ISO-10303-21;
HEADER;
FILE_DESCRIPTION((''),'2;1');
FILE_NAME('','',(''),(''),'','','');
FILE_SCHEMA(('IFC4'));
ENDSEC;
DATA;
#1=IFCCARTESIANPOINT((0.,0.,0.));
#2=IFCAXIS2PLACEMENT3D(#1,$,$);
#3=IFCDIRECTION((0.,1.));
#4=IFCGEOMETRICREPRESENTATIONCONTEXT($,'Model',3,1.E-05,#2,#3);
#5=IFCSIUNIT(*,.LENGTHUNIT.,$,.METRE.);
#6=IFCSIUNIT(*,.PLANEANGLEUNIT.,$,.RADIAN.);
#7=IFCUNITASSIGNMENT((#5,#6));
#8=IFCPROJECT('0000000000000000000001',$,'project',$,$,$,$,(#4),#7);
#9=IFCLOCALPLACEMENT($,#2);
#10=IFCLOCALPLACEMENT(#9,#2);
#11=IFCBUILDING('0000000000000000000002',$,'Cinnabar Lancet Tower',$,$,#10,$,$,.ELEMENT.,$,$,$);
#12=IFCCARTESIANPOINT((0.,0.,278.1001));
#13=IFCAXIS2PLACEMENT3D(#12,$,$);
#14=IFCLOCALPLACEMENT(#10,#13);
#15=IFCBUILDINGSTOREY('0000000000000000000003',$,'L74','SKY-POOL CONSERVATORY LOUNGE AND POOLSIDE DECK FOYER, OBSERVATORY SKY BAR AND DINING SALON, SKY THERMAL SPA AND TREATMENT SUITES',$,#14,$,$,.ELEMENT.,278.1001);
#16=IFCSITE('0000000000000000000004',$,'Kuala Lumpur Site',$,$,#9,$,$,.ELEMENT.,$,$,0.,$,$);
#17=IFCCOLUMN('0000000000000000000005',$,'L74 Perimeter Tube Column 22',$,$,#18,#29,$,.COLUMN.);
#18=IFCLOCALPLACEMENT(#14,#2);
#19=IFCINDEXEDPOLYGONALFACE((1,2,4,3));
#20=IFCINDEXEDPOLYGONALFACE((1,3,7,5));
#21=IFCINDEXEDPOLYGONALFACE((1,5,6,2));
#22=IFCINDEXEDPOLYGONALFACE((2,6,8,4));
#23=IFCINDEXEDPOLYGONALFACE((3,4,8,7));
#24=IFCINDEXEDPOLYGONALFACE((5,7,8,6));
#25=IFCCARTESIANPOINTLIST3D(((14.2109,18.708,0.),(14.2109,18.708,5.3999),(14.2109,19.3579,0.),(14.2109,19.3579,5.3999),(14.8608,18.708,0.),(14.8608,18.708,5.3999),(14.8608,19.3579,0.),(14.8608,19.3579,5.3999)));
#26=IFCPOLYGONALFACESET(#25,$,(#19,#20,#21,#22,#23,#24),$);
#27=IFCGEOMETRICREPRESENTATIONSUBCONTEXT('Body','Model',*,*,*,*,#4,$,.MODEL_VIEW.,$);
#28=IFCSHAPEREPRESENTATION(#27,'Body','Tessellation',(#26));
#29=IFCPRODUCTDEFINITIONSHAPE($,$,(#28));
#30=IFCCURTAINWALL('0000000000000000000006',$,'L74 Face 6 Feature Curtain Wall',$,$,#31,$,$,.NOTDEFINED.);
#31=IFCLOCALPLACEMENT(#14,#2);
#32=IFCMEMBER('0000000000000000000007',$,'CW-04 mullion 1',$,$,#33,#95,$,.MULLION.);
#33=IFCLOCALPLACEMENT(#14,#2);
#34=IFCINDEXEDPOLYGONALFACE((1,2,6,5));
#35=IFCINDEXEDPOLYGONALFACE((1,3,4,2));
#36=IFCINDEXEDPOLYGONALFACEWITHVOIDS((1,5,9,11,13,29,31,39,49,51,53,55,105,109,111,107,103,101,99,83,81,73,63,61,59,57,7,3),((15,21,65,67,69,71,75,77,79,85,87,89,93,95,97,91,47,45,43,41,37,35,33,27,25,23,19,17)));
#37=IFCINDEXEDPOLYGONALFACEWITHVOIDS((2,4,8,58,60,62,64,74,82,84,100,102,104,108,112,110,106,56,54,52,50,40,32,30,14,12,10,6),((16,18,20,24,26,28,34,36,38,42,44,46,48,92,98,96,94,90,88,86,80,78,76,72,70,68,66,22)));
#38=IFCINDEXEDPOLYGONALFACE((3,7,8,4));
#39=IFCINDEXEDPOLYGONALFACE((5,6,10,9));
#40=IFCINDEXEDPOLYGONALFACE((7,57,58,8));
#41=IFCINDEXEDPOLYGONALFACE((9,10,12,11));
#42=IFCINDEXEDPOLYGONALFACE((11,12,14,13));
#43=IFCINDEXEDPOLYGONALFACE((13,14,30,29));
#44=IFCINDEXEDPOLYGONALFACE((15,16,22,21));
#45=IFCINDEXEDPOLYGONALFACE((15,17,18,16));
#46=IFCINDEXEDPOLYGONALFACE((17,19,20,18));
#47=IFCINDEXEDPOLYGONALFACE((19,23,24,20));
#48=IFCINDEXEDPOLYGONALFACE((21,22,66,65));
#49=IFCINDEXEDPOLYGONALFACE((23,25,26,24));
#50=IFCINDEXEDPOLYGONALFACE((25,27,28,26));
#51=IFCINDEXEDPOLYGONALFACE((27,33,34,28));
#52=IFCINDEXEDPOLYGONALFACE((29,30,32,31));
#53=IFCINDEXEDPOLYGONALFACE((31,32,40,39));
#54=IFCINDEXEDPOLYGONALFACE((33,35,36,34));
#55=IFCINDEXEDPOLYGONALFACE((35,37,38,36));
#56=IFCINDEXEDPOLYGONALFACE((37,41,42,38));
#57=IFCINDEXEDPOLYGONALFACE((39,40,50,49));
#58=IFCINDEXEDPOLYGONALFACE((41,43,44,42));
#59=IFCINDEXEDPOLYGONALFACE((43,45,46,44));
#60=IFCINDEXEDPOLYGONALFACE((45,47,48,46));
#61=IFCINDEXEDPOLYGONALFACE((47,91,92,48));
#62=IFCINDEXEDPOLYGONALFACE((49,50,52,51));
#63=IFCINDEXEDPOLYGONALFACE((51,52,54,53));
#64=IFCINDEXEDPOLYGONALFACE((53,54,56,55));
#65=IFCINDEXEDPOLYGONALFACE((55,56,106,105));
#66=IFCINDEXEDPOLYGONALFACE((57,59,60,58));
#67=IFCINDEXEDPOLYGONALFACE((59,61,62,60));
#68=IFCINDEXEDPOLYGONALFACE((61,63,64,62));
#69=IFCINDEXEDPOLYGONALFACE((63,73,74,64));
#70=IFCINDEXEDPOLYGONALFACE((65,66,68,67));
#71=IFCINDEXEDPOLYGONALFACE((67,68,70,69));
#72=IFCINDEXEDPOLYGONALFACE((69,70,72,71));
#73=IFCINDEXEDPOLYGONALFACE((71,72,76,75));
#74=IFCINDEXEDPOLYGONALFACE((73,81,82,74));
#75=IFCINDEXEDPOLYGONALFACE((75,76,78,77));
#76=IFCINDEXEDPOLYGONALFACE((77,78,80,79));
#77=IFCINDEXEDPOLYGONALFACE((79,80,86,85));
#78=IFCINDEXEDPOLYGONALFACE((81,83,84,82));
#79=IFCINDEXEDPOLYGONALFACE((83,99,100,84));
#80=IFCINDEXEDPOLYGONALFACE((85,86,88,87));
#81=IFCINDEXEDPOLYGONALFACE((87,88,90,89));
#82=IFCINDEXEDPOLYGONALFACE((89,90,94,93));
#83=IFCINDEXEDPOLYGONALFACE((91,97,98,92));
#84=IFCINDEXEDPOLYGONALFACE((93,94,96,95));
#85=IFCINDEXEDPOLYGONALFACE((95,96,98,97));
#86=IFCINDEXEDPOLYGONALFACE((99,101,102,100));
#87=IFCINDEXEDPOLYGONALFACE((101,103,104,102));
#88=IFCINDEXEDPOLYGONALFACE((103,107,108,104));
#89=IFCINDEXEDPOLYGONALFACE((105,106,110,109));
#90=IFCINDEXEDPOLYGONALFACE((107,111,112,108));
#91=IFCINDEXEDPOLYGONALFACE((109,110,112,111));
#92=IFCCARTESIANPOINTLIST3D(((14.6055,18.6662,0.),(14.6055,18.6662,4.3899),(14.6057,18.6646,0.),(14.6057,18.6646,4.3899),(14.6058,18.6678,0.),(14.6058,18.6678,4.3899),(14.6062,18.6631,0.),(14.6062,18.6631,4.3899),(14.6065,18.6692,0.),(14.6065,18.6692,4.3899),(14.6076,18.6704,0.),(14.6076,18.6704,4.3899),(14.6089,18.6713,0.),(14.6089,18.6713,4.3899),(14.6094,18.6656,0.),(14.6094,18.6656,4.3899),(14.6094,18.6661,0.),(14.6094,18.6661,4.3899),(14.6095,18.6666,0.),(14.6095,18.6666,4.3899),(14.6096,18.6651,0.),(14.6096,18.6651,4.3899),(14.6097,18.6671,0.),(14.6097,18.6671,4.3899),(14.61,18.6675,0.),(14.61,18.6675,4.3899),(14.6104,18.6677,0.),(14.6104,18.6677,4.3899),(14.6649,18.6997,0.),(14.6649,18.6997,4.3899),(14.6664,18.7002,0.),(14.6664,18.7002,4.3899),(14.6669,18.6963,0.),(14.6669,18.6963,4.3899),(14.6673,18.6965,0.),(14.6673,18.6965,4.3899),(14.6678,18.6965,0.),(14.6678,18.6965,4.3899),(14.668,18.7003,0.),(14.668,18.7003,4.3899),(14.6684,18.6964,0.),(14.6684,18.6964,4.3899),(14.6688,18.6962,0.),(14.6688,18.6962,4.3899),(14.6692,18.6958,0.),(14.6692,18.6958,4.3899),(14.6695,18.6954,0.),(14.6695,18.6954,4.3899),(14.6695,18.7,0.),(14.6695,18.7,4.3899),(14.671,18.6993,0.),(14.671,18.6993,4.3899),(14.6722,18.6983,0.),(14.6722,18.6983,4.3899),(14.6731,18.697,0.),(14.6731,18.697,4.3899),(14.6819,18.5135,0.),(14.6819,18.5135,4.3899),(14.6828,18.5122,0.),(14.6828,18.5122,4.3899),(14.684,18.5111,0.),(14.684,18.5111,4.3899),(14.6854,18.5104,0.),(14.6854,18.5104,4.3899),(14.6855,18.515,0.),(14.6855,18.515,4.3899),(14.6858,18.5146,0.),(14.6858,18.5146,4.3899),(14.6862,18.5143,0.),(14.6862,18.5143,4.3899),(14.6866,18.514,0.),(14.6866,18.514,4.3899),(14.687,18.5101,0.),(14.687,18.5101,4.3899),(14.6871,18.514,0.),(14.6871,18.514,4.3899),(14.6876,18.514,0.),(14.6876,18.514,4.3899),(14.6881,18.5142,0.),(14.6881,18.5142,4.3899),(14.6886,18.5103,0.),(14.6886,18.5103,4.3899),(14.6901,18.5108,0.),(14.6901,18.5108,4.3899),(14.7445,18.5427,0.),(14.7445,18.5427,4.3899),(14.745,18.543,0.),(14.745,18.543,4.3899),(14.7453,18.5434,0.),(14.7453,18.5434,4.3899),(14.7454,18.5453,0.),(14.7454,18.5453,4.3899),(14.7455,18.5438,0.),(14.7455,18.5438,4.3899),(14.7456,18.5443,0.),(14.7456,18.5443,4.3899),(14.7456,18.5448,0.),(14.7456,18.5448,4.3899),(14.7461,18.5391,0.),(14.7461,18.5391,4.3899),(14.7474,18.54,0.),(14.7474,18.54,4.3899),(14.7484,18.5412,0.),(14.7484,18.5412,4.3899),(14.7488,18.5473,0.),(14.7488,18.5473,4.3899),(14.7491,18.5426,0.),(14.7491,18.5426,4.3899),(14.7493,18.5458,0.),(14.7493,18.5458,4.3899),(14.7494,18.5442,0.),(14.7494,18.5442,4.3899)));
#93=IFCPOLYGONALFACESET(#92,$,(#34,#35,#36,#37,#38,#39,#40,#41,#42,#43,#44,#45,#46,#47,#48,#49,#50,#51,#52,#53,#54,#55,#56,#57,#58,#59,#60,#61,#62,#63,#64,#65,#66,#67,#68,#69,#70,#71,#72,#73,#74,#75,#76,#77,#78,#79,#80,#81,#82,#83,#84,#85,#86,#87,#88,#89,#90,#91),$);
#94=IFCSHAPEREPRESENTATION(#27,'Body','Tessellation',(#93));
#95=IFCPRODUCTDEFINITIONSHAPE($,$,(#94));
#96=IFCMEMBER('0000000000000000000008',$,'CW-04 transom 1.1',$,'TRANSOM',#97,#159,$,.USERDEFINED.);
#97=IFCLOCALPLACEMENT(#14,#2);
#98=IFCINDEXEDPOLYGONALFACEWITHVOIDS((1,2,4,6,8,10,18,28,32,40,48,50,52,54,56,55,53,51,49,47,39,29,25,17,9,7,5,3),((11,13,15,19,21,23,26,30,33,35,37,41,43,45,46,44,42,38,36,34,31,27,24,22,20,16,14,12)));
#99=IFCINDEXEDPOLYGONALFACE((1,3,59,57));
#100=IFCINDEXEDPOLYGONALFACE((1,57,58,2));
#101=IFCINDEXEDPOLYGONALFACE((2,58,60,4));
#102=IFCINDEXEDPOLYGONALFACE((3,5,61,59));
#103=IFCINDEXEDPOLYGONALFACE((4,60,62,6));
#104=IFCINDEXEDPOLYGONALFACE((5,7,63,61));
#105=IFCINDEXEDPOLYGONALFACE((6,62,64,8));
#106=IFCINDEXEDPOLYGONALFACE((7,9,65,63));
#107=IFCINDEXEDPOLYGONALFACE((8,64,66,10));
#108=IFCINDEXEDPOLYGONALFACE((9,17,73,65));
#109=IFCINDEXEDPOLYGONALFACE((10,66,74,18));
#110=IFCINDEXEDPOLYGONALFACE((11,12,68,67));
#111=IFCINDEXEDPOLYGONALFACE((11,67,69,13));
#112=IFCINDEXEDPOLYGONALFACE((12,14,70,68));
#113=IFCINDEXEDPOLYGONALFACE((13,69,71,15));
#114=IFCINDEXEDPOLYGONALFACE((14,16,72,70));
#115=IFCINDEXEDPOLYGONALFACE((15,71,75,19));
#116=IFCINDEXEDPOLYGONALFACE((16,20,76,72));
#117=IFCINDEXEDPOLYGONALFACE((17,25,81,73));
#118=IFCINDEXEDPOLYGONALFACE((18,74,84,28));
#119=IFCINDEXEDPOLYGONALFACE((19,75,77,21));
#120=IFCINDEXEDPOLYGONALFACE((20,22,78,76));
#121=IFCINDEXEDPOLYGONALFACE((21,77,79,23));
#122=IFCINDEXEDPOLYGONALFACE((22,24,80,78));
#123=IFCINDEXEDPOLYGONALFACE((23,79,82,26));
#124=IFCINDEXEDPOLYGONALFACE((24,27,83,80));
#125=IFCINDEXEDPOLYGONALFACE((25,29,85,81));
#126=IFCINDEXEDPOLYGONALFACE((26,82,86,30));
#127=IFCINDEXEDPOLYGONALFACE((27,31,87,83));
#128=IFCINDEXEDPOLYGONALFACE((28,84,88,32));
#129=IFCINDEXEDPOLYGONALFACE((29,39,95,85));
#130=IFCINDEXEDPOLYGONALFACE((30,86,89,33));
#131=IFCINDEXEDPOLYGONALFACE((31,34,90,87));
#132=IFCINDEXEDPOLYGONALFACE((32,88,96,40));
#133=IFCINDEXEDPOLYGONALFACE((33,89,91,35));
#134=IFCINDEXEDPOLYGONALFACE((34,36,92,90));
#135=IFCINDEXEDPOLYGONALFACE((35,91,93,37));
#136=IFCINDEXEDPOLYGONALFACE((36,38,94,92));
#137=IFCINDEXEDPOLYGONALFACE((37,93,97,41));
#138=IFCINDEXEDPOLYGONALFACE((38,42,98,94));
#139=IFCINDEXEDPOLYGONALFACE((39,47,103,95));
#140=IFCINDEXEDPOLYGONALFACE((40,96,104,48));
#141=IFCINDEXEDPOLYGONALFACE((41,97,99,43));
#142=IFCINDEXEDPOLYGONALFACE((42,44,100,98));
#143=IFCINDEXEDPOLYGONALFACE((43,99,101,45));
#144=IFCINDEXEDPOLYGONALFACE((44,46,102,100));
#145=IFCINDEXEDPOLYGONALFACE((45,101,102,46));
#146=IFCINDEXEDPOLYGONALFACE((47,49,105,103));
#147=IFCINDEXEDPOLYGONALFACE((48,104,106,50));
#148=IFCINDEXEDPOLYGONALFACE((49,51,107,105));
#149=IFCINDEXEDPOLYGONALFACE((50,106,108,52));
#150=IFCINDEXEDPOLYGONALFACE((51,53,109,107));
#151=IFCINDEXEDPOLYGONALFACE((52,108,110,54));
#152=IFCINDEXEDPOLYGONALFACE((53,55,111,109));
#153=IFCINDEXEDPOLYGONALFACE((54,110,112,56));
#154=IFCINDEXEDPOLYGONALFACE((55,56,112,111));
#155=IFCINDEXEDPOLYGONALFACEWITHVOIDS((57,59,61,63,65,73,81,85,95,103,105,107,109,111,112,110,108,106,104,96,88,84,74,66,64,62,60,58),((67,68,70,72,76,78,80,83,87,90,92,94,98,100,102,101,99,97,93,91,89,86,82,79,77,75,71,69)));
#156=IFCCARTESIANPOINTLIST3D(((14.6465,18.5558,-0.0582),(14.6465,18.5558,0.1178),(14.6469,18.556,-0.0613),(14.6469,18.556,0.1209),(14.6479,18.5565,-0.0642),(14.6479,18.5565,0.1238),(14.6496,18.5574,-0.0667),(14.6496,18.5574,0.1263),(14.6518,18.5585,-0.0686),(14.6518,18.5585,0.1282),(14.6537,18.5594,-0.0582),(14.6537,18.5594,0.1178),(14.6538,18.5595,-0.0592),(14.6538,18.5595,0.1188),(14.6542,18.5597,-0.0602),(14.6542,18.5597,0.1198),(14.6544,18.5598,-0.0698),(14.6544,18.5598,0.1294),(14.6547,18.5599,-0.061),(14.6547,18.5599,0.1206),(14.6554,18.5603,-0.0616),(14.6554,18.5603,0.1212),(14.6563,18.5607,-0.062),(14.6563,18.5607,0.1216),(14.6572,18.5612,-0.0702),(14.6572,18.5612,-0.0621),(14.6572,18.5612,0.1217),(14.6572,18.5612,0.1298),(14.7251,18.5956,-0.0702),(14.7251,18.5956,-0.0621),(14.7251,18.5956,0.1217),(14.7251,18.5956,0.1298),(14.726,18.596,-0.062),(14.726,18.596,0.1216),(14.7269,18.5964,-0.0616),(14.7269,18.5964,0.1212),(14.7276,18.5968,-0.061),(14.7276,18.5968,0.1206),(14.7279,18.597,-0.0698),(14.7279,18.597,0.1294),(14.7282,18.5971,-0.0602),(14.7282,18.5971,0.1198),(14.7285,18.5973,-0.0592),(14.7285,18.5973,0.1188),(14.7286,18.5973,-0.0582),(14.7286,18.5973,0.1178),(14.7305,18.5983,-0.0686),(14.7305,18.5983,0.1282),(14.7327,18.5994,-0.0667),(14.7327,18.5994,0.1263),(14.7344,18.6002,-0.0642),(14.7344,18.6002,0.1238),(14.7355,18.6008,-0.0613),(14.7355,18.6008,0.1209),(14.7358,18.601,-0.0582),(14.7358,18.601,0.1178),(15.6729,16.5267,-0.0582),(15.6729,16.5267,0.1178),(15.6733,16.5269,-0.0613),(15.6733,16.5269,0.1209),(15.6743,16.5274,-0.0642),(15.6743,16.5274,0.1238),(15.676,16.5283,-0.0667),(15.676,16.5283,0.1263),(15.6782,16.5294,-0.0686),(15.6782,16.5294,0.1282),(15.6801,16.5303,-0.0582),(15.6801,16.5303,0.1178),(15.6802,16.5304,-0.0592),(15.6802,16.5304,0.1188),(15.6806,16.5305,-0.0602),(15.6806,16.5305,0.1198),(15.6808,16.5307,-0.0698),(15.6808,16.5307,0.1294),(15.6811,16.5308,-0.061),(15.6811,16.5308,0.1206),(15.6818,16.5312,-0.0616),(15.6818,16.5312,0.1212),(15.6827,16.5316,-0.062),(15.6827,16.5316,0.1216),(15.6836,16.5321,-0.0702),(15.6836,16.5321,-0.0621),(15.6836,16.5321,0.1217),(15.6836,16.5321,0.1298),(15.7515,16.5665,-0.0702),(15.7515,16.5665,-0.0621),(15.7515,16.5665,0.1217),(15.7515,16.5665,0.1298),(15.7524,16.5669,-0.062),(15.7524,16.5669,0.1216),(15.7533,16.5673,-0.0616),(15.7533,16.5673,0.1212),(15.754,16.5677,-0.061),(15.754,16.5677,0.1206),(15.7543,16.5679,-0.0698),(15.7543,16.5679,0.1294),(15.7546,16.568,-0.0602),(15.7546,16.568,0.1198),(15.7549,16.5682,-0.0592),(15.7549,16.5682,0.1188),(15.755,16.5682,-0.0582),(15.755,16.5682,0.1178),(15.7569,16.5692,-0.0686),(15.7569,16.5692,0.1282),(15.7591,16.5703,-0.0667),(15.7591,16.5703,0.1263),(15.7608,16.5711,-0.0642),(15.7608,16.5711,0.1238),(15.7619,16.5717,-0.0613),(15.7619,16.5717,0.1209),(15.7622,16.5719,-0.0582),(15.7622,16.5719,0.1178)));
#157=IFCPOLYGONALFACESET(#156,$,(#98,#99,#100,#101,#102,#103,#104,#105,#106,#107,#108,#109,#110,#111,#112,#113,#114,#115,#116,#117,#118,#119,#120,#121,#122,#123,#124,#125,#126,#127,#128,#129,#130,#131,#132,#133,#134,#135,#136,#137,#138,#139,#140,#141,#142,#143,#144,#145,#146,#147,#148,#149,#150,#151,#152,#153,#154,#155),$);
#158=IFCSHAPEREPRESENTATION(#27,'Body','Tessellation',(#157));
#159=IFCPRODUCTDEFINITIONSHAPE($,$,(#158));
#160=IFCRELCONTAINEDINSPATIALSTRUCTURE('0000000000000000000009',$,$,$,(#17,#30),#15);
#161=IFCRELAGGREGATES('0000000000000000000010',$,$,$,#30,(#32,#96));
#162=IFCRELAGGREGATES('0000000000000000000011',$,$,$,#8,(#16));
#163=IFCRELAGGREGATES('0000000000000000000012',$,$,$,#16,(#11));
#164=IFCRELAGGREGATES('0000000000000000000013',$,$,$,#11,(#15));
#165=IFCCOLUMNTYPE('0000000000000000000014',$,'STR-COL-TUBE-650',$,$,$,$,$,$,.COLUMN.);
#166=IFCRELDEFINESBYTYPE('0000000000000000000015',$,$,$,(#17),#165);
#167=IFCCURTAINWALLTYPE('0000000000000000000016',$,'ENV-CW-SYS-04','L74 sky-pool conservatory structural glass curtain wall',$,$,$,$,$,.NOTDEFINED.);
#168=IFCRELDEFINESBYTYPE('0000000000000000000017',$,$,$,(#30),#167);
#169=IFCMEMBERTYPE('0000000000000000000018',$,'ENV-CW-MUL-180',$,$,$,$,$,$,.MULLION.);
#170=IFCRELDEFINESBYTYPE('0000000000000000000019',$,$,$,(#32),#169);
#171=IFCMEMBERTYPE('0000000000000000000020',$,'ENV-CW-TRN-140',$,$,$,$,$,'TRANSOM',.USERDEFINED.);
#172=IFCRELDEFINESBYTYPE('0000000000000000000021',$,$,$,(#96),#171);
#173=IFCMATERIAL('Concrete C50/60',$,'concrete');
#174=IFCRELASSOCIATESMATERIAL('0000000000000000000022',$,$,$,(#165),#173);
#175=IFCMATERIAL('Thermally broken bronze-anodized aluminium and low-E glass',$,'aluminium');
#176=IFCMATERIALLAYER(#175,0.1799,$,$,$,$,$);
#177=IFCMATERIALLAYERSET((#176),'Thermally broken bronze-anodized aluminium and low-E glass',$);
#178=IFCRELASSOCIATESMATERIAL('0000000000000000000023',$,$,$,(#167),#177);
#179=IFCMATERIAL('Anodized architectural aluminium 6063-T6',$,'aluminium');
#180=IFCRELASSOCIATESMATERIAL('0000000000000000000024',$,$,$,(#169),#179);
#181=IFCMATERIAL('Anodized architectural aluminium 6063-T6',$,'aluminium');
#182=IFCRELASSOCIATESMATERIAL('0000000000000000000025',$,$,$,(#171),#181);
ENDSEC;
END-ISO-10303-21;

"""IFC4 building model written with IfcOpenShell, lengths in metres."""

from ifc_helpers import new_model, si_unit, direction, frame, origin, origin_2d, place, context, subcontext, project, spatial, rectangle, hollow_rectangle, extrude, material, layer, layer_set, material_profile, profile_set, type_object, element, aggregate, save


model = new_model("IFC4")

# Units and contexts
model_context = context("Model", 3, precision=1e-05, world=origin(), true_north=direction((0.0, 1.0)))
body_context = subcontext(model_context, "Body", "Model", "MODEL_VIEW")
ifc_project = project(units=[si_unit("LENGTHUNIT", "METRE"), si_unit("PLANEANGLEUNIT", "RADIAN")], contexts=[model_context])

# Site, building, storey
site_placement = place(None, origin())
site = spatial("IfcSite", under=ifc_project, at=site_placement, Name="Kuala Lumpur Site", CompositionType="ELEMENT", RefElevation=0.0)
building_placement = place(site_placement, origin())
building = spatial("IfcBuilding", under=site, at=building_placement, Name="Cinnabar Lancet Tower", CompositionType="ELEMENT")
storey_placement = place(building_placement, frame((0.0, 0.0, 278.1001)))
storey = spatial("IfcBuildingStorey", under=building, at=storey_placement, Name="L74", Description="SKY-POOL CONSERVATORY LOUNGE AND POOLSIDE DECK FOYER, OBSERVATORY SKY BAR AND DINING SALON, SKY THERMAL SPA AND TREATMENT SUITES", CompositionType="ELEMENT", Elevation=278.1001)

# Column
ifc_material_1 = material(Name="Concrete C50/60", Category="concrete")
ifc_material_profile_1 = material_profile(ifc_material_1, rectangle(XDim=0.6499, YDim=0.6499, at=origin_2d()), Name="RC-COL 650x650")
ifc_profile_set_1 = profile_set([ifc_material_profile_1], Name="Concrete C50/60")
column_type = type_object("IfcColumnType", Name="STR-COL-TUBE-650", PredefinedType="COLUMN", material=ifc_profile_set_1)
column_placement = place(storey_placement, frame((14.5359, 19.033, 0.0), z_axis=(0.0, 0.0, 1.0), x_axis=(1.0, 0.0, 0.0)))
element("IfcColumn", 1, at=column_placement, inside=storey, type_object=column_type, Name="L74 Perimeter Tube Column 22", PredefinedType="COLUMN", context=body_context, shape_type="SweptSolid", body=[
    extrude(rectangle(XDim=0.6499, YDim=0.6499, at=origin_2d()), origin(), (0.0, 0.0, 1.0), 5.3999),
])

# Curtain wall, members
ifc_material_2 = material(Name="Thermally broken bronze-anodized aluminium and low-E glass", Category="aluminium")
ifc_layer_1 = layer(ifc_material_2, 0.1799)
ifc_layer_set_1 = layer_set([ifc_layer_1], Name="Thermally broken bronze-anodized aluminium and low-E glass")
curtain_wall_type = type_object("IfcCurtainWallType", Name="ENV-CW-SYS-04", Description="L74 sky-pool conservatory structural glass curtain wall", PredefinedType="NOTDEFINED", material=ifc_layer_set_1)
curtain_wall_placement = place(storey_placement, origin())
curtain_wall = element("IfcCurtainWall", 2, at=curtain_wall_placement, inside=storey, type_object=curtain_wall_type, Name="L74 Face 6 Feature Curtain Wall", PredefinedType="NOTDEFINED")
ifc_material_3 = material(Name="Anodized architectural aluminium 6063-T6", Category="aluminium")
ifc_material_profile_2 = material_profile(ifc_material_3, hollow_rectangle(XDim=0.075, YDim=0.1799, WallThickness=0.0039, InnerFilletRadius=0.002, OuterFilletRadius=0.0061, at=origin_2d()), Name="CW-MUL 180x75x4")
ifc_profile_set_2 = profile_set([ifc_material_profile_2], Name="Anodized architectural aluminium 6063-T6")
member_type_1 = type_object("IfcMemberType", Name="ENV-CW-MUL-180", PredefinedType="MULLION", material=ifc_profile_set_2)
member_1_placement = place(storey_placement, frame((14.6775, 18.6052, 0.0), z_axis=(0.0, 0.0, 1.0), x_axis=(0.892345, 0.451354, 0.0)))
member_1 = element("IfcMember", 3, at=member_1_placement, type_object=member_type_1, Name="CW-04 mullion 1", PredefinedType="MULLION", context=body_context, shape_type="SweptSolid", body=[
    extrude(hollow_rectangle(XDim=0.075, YDim=0.1799, WallThickness=0.0039, InnerFilletRadius=0.002, OuterFilletRadius=0.0061, at=origin_2d()), origin(), (0.0, 0.0, 1.0), 4.3899),
])
ifc_material_4 = material(Name="Anodized architectural aluminium 6063-T6", Category="aluminium")
ifc_material_profile_3 = material_profile(ifc_material_4, hollow_rectangle(XDim=0.1001, YDim=0.2, WallThickness=0.0081, InnerFilletRadius=0.0039, OuterFilletRadius=0.012, at=origin_2d()), Name="RHS 200x100x8")
ifc_profile_set_3 = profile_set([ifc_material_profile_3], Name="Anodized architectural aluminium 6063-T6")
member_type_2 = type_object("IfcMemberType", Name="ENV-CW-TRN-140", ElementType="TRANSOM", PredefinedType="USERDEFINED", material=ifc_profile_set_3)
member_2_placement = place(storey_placement, frame((14.6912, 18.5784, 0.0298), z_axis=(0.451375, -0.892335, 0.0), x_axis=(0.892335, 0.451375, 0.0)))
member_2 = element("IfcMember", 4, at=member_2_placement, type_object=member_type_2, Name="CW-04 transom 1.1", ObjectType="TRANSOM", PredefinedType="USERDEFINED", context=body_context, shape_type="SweptSolid", body=[
    extrude(hollow_rectangle(XDim=0.1001, YDim=0.2, WallThickness=0.0081, InnerFilletRadius=0.0039, OuterFilletRadius=0.012, at=origin_2d()), origin(), (0.0, 0.0, 1.0), 2.2739),
])
aggregate(curtain_wall, [member_1, member_2])

save(model, "model.ifc")
